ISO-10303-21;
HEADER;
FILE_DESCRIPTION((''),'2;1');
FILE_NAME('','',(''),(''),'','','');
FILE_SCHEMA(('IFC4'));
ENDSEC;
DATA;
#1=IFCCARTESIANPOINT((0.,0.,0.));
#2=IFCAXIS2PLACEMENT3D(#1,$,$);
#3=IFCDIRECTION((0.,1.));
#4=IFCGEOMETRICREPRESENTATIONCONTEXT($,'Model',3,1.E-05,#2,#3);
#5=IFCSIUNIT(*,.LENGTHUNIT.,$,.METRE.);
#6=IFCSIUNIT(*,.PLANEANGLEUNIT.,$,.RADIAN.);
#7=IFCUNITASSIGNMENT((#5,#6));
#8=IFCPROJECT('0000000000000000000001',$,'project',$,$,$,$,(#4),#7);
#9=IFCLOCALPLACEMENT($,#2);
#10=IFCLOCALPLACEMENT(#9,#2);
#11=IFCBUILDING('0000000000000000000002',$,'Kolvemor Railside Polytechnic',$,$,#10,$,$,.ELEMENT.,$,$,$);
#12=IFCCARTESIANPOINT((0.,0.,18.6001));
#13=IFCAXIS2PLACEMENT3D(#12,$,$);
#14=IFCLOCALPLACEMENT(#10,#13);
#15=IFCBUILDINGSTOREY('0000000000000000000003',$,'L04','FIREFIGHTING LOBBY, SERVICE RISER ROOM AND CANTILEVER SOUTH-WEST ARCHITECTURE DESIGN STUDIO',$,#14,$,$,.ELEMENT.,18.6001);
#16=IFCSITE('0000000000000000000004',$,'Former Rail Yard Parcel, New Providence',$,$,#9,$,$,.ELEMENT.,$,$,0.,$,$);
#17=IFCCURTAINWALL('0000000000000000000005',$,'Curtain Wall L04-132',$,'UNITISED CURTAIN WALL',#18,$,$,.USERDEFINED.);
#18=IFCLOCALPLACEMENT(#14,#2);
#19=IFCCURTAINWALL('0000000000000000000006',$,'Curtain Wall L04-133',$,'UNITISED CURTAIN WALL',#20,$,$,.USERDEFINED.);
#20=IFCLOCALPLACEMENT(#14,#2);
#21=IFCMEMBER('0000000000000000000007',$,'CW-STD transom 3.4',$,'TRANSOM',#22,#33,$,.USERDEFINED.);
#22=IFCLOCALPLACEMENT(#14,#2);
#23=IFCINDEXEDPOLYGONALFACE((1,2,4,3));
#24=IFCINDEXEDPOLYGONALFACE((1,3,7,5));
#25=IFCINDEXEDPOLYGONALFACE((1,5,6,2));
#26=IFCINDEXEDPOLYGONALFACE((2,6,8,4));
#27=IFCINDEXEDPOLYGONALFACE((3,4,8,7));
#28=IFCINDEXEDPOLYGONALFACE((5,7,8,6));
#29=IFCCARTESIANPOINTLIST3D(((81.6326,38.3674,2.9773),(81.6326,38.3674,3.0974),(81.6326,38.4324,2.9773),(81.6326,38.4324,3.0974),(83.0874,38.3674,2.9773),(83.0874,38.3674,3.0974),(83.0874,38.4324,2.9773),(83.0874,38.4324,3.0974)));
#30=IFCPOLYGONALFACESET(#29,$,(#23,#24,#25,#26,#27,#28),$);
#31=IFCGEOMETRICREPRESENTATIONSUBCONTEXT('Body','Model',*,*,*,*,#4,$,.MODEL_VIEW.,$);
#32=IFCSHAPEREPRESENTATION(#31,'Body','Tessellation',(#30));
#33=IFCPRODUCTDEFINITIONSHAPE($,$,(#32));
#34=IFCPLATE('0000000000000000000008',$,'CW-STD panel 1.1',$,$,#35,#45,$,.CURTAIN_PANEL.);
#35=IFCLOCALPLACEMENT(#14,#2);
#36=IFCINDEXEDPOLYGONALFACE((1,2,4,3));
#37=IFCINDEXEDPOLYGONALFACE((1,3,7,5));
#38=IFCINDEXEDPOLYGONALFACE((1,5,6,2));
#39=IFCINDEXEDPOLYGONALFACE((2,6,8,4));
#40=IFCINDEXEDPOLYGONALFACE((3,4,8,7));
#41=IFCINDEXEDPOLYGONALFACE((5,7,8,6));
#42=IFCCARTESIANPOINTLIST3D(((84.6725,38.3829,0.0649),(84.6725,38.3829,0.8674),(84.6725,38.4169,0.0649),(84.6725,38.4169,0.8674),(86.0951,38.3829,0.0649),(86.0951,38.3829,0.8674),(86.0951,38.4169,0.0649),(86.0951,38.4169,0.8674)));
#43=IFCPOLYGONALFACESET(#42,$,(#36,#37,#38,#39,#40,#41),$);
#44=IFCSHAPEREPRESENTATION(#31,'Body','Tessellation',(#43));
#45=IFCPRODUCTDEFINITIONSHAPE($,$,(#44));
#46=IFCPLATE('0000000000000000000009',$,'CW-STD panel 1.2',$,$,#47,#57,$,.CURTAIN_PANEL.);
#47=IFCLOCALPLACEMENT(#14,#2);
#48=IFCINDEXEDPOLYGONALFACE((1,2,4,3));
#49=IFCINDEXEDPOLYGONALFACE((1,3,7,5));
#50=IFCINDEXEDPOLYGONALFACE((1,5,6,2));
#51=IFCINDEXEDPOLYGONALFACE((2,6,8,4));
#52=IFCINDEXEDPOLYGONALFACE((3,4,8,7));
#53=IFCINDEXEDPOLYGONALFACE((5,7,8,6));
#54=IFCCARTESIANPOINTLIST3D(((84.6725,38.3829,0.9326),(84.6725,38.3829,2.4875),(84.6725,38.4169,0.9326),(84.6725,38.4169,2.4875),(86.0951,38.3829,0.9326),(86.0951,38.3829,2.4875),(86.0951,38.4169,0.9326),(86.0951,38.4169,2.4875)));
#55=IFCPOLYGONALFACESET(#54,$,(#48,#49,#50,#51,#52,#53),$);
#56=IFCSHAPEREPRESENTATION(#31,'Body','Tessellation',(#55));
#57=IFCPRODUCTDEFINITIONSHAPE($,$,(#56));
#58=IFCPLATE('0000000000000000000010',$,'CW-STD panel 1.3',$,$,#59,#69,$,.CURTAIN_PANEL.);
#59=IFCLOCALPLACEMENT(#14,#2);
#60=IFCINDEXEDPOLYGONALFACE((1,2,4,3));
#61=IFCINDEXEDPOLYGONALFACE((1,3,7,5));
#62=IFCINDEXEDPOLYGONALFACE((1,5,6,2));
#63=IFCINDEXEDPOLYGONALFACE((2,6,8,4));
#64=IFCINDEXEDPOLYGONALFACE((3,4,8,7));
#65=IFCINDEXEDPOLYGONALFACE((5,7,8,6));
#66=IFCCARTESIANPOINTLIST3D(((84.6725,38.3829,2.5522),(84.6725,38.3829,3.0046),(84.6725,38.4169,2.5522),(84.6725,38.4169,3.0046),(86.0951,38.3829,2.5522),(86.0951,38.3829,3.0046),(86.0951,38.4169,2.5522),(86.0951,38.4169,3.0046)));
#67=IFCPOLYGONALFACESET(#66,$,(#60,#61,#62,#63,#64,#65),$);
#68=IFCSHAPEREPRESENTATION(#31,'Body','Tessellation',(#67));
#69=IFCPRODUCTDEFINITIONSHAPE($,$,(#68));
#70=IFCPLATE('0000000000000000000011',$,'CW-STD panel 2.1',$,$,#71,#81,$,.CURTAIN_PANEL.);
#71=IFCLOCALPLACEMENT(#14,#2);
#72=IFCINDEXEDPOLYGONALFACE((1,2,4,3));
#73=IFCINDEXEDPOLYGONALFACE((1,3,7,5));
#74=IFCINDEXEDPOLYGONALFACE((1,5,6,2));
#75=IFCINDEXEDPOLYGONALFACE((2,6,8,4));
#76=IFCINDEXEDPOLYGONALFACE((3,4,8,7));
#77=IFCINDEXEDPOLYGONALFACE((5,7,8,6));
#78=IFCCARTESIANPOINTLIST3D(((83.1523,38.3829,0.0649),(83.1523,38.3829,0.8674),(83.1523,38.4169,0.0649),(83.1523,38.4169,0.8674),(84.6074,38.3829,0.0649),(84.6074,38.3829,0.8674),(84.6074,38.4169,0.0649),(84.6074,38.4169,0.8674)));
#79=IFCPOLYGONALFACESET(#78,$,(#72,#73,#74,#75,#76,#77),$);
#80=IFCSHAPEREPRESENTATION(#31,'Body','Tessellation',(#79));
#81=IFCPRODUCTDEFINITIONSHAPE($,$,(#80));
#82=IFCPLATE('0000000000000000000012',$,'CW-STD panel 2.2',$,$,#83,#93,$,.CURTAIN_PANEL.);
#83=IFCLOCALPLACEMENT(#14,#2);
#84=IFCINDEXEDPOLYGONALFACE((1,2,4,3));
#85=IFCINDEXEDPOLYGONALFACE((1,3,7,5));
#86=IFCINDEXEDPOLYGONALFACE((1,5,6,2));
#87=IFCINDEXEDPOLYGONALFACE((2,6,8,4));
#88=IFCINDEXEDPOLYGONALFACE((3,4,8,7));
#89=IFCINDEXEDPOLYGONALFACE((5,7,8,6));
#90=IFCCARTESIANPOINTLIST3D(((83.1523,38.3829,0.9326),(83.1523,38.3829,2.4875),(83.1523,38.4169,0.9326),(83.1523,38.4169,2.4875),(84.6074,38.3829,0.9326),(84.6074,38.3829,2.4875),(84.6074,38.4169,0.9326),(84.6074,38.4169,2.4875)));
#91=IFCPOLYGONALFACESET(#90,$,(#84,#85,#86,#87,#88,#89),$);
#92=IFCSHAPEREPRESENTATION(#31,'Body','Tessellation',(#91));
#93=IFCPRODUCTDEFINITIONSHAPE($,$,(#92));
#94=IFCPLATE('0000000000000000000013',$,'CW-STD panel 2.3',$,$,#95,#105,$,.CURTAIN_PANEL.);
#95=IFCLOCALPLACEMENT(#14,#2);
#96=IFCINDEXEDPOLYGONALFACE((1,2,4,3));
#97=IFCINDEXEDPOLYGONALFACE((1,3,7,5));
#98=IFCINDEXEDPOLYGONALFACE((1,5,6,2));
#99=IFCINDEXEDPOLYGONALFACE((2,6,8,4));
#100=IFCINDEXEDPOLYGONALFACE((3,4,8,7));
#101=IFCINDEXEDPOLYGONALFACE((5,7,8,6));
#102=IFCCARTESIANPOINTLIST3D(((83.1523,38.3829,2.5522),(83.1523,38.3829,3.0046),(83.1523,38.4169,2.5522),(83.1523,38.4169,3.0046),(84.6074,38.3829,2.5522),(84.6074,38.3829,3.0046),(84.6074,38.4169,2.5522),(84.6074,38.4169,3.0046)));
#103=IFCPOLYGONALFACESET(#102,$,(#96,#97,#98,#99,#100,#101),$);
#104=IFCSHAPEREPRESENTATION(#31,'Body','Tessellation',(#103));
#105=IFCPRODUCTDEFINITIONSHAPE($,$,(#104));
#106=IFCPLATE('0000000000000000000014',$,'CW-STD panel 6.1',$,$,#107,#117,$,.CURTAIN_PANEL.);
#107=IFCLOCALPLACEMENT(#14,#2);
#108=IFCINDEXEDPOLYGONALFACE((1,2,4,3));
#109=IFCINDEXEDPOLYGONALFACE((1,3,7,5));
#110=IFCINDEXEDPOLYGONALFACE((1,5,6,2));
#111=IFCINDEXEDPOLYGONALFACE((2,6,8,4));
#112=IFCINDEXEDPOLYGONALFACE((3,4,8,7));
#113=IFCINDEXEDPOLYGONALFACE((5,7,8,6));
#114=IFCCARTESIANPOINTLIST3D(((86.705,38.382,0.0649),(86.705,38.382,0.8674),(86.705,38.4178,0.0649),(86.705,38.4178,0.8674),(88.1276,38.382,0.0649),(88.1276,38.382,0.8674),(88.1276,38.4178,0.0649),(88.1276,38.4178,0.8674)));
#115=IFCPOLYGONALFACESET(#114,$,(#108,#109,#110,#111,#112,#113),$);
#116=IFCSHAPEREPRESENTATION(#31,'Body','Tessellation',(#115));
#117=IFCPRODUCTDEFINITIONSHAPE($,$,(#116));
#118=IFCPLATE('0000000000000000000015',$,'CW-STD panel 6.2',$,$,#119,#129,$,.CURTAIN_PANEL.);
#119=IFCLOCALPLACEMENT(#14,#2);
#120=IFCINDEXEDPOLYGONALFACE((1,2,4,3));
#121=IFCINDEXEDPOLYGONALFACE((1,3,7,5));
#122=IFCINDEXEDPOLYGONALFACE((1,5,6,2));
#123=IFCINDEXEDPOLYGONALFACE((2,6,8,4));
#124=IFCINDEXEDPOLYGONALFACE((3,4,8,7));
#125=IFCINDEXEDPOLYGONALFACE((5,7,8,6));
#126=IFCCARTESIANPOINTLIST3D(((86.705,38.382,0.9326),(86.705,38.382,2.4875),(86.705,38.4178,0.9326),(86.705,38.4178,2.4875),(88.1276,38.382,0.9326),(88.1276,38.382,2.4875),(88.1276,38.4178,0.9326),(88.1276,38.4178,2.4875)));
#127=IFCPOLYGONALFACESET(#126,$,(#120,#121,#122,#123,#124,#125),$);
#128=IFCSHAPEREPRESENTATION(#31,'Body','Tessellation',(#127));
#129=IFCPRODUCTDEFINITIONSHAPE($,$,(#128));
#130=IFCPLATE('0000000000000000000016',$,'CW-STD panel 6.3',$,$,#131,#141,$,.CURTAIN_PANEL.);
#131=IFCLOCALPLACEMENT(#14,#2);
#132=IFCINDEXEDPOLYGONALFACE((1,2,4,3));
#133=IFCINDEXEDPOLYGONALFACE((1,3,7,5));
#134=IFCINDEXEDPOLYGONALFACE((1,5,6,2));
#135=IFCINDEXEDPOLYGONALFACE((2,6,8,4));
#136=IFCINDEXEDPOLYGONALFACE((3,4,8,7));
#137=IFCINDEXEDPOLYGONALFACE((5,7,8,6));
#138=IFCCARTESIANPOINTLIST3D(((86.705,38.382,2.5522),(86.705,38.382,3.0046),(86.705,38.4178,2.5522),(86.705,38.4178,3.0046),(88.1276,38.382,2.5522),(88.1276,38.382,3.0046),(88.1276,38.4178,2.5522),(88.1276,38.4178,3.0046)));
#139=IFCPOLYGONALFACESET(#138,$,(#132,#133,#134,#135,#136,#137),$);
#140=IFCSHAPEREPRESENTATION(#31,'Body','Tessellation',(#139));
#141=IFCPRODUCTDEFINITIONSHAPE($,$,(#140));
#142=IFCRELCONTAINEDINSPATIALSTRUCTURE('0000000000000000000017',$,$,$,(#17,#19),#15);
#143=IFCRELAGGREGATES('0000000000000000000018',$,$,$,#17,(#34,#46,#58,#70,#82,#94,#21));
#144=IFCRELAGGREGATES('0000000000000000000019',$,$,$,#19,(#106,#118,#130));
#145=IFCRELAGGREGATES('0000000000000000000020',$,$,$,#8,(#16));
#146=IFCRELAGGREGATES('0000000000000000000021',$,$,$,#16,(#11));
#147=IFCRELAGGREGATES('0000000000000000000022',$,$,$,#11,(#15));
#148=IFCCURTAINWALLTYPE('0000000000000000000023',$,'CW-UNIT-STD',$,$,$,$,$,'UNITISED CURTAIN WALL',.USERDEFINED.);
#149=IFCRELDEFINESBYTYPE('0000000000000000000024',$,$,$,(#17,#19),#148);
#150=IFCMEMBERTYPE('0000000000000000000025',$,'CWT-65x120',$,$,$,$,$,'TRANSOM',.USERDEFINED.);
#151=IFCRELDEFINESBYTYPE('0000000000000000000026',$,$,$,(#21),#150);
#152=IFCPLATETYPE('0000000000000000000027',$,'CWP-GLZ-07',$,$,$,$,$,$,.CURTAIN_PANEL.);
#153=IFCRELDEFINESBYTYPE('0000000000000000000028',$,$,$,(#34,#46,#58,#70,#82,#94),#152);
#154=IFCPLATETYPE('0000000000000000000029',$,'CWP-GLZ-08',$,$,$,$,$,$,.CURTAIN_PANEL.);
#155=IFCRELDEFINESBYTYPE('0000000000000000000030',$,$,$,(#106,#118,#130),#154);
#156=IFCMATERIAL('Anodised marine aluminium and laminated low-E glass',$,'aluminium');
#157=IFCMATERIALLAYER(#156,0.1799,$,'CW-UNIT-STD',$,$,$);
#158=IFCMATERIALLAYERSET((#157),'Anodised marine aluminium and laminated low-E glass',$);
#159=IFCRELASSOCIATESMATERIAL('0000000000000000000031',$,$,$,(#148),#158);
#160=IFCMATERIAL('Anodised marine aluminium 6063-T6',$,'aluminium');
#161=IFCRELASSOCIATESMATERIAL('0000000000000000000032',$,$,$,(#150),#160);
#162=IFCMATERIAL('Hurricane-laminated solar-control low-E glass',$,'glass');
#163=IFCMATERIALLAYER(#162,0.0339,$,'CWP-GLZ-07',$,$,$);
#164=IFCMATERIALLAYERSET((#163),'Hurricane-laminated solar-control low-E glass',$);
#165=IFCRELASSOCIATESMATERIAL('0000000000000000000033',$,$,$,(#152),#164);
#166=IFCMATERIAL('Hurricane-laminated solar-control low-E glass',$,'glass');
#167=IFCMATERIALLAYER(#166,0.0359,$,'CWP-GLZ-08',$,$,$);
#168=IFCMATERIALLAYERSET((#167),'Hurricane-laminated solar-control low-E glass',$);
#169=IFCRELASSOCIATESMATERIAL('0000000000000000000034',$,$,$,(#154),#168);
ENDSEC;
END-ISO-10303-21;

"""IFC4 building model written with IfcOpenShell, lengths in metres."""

from ifc_helpers import new_model, si_unit, direction, frame, origin, origin_2d, place, context, subcontext, project, spatial, rectangle, extrude, material, layer, layer_set, material_profile, profile_set, type_object, element, aggregate, save


model = new_model("IFC4")

# Units and contexts
model_context = context("Model", 3, precision=1e-05, world=origin(), true_north=direction((0.0, 1.0)))
body_context = subcontext(model_context, "Body", "Model", "MODEL_VIEW")
ifc_project = project(units=[si_unit("LENGTHUNIT", "METRE"), si_unit("PLANEANGLEUNIT", "RADIAN")], contexts=[model_context])

# Site, building, storey
site_placement = place(None, origin())
site = spatial("IfcSite", under=ifc_project, at=site_placement, Name="Former Rail Yard Parcel, New Providence", CompositionType="ELEMENT", RefElevation=0.0)
building_placement = place(site_placement, origin())
building = spatial("IfcBuilding", under=site, at=building_placement, Name="Kolvemor Railside Polytechnic", CompositionType="ELEMENT")
storey_placement = place(building_placement, frame((0.0, 0.0, 18.6001)))
storey = spatial("IfcBuildingStorey", under=building, at=storey_placement, Name="L04", Description="FIREFIGHTING LOBBY, SERVICE RISER ROOM AND CANTILEVER SOUTH-WEST ARCHITECTURE DESIGN STUDIO", CompositionType="ELEMENT", Elevation=18.6001)

# Curtain wall
ifc_material_1 = material(Name="Anodised marine aluminium and laminated low-E glass", Category="aluminium")
ifc_layer_1 = layer(ifc_material_1, 0.1799, Name="CW-UNIT-STD")
ifc_layer_set_1 = layer_set([ifc_layer_1], Name="Anodised marine aluminium and laminated low-E glass")
curtain_wall_type = type_object("IfcCurtainWallType", Name="CW-UNIT-STD", ElementType="UNITISED CURTAIN WALL", PredefinedType="USERDEFINED", material=ifc_layer_set_1)
curtain_wall_1_placement = place(storey_placement, origin())
curtain_wall_1 = element("IfcCurtainWall", 1, at=curtain_wall_1_placement, inside=storey, type_object=curtain_wall_type, Name="Curtain Wall L04-132", ObjectType="UNITISED CURTAIN WALL", PredefinedType="USERDEFINED")

# Curtain wall
curtain_wall_2_placement = place(storey_placement, origin())
curtain_wall_2 = element("IfcCurtainWall", 2, at=curtain_wall_2_placement, inside=storey, type_object=curtain_wall_type, Name="Curtain Wall L04-133", ObjectType="UNITISED CURTAIN WALL", PredefinedType="USERDEFINED")

# Member
ifc_material_2 = material(Name="Anodised marine aluminium 6063-T6", Category="aluminium")
ifc_material_profile_1 = material_profile(ifc_material_2, rectangle(XDim=0.0649, YDim=0.1201, at=origin_2d()), Name="CW-TRN-65x120")
ifc_profile_set_1 = profile_set([ifc_material_profile_1], Name="Anodised marine aluminium 6063-T6")
member_type_1 = type_object("IfcMemberType", Name="CWT-65x120", ElementType="TRANSOM", PredefinedType="USERDEFINED", material=ifc_profile_set_1)
member_1_placement = place(storey_placement, frame((83.0874, 38.3999, 3.0374), z_axis=(-1.0, 0.0, 0.0), x_axis=(0.0, -1.0, 0.0)))
member_1 = element("IfcMember", 3, at=member_1_placement, type_object=member_type_1, Name="CW-STD transom 3.4", ObjectType="TRANSOM", PredefinedType="USERDEFINED", context=body_context, shape_type="SweptSolid", body=[
    extrude(rectangle(XDim=0.0649, YDim=0.1201, at=origin_2d()), origin(), (0.0, 0.0, 1.0), 1.4548),
])

# Plates
ifc_material_3 = material(Name="Hurricane-laminated solar-control low-E glass", Category="glass")
ifc_layer_2 = layer(ifc_material_3, 0.0339, Name="CWP-GLZ-07")
ifc_layer_set_2 = layer_set([ifc_layer_2], Name="Hurricane-laminated solar-control low-E glass")
plate_type_1 = type_object("IfcPlateType", Name="CWP-GLZ-07", PredefinedType="CURTAIN_PANEL", material=ifc_layer_set_2)
plate_1_placement = place(storey_placement, frame((85.3838, 38.3999, 0.0649), z_axis=(0.0, 0.0, 1.0), x_axis=(-1.0, 0.0, 0.0)))
plate_1 = element("IfcPlate", 4, at=plate_1_placement, type_object=plate_type_1, Name="CW-STD panel 1.1", PredefinedType="CURTAIN_PANEL", context=body_context, shape_type="SweptSolid", body=[
    extrude(rectangle(XDim=1.4226, YDim=0.0339, at=origin_2d()), origin(), (0.0, 0.0, 1.0), 0.8025),
])
plate_2_placement = place(storey_placement, frame((85.3838, 38.3999, 0.9326), z_axis=(0.0, 0.0, 1.0), x_axis=(-1.0, 0.0, 0.0)))
plate_2 = element("IfcPlate", 5, at=plate_2_placement, type_object=plate_type_1, Name="CW-STD panel 1.2", PredefinedType="CURTAIN_PANEL", context=body_context, shape_type="SweptSolid", body=[
    extrude(rectangle(XDim=1.4226, YDim=0.0339, at=origin_2d()), origin(), (0.0, 0.0, 1.0), 1.5549),
])
plate_3_placement = place(storey_placement, frame((85.3838, 38.3999, 2.5522), z_axis=(0.0, 0.0, 1.0), x_axis=(-1.0, 0.0, 0.0)))
plate_3 = element("IfcPlate", 6, at=plate_3_placement, type_object=plate_type_1, Name="CW-STD panel 1.3", PredefinedType="CURTAIN_PANEL", context=body_context, shape_type="SweptSolid", body=[
    extrude(rectangle(XDim=1.4226, YDim=0.0339, at=origin_2d()), origin(), (0.0, 0.0, 1.0), 0.4524),
])
plate_4_placement = place(storey_placement, frame((83.8799, 38.3999, 0.0649), z_axis=(0.0, 0.0, 1.0), x_axis=(-1.0, 0.0, 0.0)))
plate_4 = element("IfcPlate", 7, at=plate_4_placement, type_object=plate_type_1, Name="CW-STD panel 2.1", PredefinedType="CURTAIN_PANEL", context=body_context, shape_type="SweptSolid", body=[
    extrude(rectangle(XDim=1.4551, YDim=0.0339, at=origin_2d()), origin(), (0.0, 0.0, 1.0), 0.8025),
])
plate_5_placement = place(storey_placement, frame((83.8799, 38.3999, 0.9326), z_axis=(0.0, 0.0, 1.0), x_axis=(-1.0, 0.0, 0.0)))
plate_5 = element("IfcPlate", 8, at=plate_5_placement, type_object=plate_type_1, Name="CW-STD panel 2.2", PredefinedType="CURTAIN_PANEL", context=body_context, shape_type="SweptSolid", body=[
    extrude(rectangle(XDim=1.4551, YDim=0.0339, at=origin_2d()), origin(), (0.0, 0.0, 1.0), 1.5549),
])
plate_6_placement = place(storey_placement, frame((83.8799, 38.3999, 2.5522), z_axis=(0.0, 0.0, 1.0), x_axis=(-1.0, 0.0, 0.0)))
plate_6 = element("IfcPlate", 9, at=plate_6_placement, type_object=plate_type_1, Name="CW-STD panel 2.3", PredefinedType="CURTAIN_PANEL", context=body_context, shape_type="SweptSolid", body=[
    extrude(rectangle(XDim=1.4551, YDim=0.0339, at=origin_2d()), origin(), (0.0, 0.0, 1.0), 0.4524),
])
aggregate(curtain_wall_1, [plate_1, plate_2, plate_3, plate_4, plate_5, plate_6, member_1])
ifc_material_4 = material(Name="Hurricane-laminated solar-control low-E glass", Category="glass")
ifc_layer_3 = layer(ifc_material_4, 0.0359, Name="CWP-GLZ-08")
ifc_layer_set_3 = layer_set([ifc_layer_3], Name="Hurricane-laminated solar-control low-E glass")
plate_type_2 = type_object("IfcPlateType", Name="CWP-GLZ-08", PredefinedType="CURTAIN_PANEL", material=ifc_layer_set_3)
plate_7_placement = place(storey_placement, frame((87.4163, 38.3999, 0.0649), z_axis=(0.0, 0.0, 1.0), x_axis=(-1.0, 0.0, 0.0)))
plate_7 = element("IfcPlate", 10, at=plate_7_placement, type_object=plate_type_2, Name="CW-STD panel 6.1", PredefinedType="CURTAIN_PANEL", context=body_context, shape_type="SweptSolid", body=[
    extrude(rectangle(XDim=1.4226, YDim=0.0359, at=origin_2d()), origin(), (0.0, 0.0, 1.0), 0.8025),
])
plate_8_placement = place(storey_placement, frame((87.4163, 38.3999, 0.9326), z_axis=(0.0, 0.0, 1.0), x_axis=(-1.0, 0.0, 0.0)))
plate_8 = element("IfcPlate", 11, at=plate_8_placement, type_object=plate_type_2, Name="CW-STD panel 6.2", PredefinedType="CURTAIN_PANEL", context=body_context, shape_type="SweptSolid", body=[
    extrude(rectangle(XDim=1.4226, YDim=0.0359, at=origin_2d()), origin(), (0.0, 0.0, 1.0), 1.5549),
])
plate_9_placement = place(storey_placement, frame((87.4163, 38.3999, 2.5522), z_axis=(0.0, 0.0, 1.0), x_axis=(-1.0, 0.0, 0.0)))
plate_9 = element("IfcPlate", 12, at=plate_9_placement, type_object=plate_type_2, Name="CW-STD panel 6.3", PredefinedType="CURTAIN_PANEL", context=body_context, shape_type="SweptSolid", body=[
    extrude(rectangle(XDim=1.4226, YDim=0.0359, at=origin_2d()), origin(), (0.0, 0.0, 1.0), 0.4524),
])
aggregate(curtain_wall_2, [plate_7, plate_8, plate_9])

save(model, "model.ifc")
